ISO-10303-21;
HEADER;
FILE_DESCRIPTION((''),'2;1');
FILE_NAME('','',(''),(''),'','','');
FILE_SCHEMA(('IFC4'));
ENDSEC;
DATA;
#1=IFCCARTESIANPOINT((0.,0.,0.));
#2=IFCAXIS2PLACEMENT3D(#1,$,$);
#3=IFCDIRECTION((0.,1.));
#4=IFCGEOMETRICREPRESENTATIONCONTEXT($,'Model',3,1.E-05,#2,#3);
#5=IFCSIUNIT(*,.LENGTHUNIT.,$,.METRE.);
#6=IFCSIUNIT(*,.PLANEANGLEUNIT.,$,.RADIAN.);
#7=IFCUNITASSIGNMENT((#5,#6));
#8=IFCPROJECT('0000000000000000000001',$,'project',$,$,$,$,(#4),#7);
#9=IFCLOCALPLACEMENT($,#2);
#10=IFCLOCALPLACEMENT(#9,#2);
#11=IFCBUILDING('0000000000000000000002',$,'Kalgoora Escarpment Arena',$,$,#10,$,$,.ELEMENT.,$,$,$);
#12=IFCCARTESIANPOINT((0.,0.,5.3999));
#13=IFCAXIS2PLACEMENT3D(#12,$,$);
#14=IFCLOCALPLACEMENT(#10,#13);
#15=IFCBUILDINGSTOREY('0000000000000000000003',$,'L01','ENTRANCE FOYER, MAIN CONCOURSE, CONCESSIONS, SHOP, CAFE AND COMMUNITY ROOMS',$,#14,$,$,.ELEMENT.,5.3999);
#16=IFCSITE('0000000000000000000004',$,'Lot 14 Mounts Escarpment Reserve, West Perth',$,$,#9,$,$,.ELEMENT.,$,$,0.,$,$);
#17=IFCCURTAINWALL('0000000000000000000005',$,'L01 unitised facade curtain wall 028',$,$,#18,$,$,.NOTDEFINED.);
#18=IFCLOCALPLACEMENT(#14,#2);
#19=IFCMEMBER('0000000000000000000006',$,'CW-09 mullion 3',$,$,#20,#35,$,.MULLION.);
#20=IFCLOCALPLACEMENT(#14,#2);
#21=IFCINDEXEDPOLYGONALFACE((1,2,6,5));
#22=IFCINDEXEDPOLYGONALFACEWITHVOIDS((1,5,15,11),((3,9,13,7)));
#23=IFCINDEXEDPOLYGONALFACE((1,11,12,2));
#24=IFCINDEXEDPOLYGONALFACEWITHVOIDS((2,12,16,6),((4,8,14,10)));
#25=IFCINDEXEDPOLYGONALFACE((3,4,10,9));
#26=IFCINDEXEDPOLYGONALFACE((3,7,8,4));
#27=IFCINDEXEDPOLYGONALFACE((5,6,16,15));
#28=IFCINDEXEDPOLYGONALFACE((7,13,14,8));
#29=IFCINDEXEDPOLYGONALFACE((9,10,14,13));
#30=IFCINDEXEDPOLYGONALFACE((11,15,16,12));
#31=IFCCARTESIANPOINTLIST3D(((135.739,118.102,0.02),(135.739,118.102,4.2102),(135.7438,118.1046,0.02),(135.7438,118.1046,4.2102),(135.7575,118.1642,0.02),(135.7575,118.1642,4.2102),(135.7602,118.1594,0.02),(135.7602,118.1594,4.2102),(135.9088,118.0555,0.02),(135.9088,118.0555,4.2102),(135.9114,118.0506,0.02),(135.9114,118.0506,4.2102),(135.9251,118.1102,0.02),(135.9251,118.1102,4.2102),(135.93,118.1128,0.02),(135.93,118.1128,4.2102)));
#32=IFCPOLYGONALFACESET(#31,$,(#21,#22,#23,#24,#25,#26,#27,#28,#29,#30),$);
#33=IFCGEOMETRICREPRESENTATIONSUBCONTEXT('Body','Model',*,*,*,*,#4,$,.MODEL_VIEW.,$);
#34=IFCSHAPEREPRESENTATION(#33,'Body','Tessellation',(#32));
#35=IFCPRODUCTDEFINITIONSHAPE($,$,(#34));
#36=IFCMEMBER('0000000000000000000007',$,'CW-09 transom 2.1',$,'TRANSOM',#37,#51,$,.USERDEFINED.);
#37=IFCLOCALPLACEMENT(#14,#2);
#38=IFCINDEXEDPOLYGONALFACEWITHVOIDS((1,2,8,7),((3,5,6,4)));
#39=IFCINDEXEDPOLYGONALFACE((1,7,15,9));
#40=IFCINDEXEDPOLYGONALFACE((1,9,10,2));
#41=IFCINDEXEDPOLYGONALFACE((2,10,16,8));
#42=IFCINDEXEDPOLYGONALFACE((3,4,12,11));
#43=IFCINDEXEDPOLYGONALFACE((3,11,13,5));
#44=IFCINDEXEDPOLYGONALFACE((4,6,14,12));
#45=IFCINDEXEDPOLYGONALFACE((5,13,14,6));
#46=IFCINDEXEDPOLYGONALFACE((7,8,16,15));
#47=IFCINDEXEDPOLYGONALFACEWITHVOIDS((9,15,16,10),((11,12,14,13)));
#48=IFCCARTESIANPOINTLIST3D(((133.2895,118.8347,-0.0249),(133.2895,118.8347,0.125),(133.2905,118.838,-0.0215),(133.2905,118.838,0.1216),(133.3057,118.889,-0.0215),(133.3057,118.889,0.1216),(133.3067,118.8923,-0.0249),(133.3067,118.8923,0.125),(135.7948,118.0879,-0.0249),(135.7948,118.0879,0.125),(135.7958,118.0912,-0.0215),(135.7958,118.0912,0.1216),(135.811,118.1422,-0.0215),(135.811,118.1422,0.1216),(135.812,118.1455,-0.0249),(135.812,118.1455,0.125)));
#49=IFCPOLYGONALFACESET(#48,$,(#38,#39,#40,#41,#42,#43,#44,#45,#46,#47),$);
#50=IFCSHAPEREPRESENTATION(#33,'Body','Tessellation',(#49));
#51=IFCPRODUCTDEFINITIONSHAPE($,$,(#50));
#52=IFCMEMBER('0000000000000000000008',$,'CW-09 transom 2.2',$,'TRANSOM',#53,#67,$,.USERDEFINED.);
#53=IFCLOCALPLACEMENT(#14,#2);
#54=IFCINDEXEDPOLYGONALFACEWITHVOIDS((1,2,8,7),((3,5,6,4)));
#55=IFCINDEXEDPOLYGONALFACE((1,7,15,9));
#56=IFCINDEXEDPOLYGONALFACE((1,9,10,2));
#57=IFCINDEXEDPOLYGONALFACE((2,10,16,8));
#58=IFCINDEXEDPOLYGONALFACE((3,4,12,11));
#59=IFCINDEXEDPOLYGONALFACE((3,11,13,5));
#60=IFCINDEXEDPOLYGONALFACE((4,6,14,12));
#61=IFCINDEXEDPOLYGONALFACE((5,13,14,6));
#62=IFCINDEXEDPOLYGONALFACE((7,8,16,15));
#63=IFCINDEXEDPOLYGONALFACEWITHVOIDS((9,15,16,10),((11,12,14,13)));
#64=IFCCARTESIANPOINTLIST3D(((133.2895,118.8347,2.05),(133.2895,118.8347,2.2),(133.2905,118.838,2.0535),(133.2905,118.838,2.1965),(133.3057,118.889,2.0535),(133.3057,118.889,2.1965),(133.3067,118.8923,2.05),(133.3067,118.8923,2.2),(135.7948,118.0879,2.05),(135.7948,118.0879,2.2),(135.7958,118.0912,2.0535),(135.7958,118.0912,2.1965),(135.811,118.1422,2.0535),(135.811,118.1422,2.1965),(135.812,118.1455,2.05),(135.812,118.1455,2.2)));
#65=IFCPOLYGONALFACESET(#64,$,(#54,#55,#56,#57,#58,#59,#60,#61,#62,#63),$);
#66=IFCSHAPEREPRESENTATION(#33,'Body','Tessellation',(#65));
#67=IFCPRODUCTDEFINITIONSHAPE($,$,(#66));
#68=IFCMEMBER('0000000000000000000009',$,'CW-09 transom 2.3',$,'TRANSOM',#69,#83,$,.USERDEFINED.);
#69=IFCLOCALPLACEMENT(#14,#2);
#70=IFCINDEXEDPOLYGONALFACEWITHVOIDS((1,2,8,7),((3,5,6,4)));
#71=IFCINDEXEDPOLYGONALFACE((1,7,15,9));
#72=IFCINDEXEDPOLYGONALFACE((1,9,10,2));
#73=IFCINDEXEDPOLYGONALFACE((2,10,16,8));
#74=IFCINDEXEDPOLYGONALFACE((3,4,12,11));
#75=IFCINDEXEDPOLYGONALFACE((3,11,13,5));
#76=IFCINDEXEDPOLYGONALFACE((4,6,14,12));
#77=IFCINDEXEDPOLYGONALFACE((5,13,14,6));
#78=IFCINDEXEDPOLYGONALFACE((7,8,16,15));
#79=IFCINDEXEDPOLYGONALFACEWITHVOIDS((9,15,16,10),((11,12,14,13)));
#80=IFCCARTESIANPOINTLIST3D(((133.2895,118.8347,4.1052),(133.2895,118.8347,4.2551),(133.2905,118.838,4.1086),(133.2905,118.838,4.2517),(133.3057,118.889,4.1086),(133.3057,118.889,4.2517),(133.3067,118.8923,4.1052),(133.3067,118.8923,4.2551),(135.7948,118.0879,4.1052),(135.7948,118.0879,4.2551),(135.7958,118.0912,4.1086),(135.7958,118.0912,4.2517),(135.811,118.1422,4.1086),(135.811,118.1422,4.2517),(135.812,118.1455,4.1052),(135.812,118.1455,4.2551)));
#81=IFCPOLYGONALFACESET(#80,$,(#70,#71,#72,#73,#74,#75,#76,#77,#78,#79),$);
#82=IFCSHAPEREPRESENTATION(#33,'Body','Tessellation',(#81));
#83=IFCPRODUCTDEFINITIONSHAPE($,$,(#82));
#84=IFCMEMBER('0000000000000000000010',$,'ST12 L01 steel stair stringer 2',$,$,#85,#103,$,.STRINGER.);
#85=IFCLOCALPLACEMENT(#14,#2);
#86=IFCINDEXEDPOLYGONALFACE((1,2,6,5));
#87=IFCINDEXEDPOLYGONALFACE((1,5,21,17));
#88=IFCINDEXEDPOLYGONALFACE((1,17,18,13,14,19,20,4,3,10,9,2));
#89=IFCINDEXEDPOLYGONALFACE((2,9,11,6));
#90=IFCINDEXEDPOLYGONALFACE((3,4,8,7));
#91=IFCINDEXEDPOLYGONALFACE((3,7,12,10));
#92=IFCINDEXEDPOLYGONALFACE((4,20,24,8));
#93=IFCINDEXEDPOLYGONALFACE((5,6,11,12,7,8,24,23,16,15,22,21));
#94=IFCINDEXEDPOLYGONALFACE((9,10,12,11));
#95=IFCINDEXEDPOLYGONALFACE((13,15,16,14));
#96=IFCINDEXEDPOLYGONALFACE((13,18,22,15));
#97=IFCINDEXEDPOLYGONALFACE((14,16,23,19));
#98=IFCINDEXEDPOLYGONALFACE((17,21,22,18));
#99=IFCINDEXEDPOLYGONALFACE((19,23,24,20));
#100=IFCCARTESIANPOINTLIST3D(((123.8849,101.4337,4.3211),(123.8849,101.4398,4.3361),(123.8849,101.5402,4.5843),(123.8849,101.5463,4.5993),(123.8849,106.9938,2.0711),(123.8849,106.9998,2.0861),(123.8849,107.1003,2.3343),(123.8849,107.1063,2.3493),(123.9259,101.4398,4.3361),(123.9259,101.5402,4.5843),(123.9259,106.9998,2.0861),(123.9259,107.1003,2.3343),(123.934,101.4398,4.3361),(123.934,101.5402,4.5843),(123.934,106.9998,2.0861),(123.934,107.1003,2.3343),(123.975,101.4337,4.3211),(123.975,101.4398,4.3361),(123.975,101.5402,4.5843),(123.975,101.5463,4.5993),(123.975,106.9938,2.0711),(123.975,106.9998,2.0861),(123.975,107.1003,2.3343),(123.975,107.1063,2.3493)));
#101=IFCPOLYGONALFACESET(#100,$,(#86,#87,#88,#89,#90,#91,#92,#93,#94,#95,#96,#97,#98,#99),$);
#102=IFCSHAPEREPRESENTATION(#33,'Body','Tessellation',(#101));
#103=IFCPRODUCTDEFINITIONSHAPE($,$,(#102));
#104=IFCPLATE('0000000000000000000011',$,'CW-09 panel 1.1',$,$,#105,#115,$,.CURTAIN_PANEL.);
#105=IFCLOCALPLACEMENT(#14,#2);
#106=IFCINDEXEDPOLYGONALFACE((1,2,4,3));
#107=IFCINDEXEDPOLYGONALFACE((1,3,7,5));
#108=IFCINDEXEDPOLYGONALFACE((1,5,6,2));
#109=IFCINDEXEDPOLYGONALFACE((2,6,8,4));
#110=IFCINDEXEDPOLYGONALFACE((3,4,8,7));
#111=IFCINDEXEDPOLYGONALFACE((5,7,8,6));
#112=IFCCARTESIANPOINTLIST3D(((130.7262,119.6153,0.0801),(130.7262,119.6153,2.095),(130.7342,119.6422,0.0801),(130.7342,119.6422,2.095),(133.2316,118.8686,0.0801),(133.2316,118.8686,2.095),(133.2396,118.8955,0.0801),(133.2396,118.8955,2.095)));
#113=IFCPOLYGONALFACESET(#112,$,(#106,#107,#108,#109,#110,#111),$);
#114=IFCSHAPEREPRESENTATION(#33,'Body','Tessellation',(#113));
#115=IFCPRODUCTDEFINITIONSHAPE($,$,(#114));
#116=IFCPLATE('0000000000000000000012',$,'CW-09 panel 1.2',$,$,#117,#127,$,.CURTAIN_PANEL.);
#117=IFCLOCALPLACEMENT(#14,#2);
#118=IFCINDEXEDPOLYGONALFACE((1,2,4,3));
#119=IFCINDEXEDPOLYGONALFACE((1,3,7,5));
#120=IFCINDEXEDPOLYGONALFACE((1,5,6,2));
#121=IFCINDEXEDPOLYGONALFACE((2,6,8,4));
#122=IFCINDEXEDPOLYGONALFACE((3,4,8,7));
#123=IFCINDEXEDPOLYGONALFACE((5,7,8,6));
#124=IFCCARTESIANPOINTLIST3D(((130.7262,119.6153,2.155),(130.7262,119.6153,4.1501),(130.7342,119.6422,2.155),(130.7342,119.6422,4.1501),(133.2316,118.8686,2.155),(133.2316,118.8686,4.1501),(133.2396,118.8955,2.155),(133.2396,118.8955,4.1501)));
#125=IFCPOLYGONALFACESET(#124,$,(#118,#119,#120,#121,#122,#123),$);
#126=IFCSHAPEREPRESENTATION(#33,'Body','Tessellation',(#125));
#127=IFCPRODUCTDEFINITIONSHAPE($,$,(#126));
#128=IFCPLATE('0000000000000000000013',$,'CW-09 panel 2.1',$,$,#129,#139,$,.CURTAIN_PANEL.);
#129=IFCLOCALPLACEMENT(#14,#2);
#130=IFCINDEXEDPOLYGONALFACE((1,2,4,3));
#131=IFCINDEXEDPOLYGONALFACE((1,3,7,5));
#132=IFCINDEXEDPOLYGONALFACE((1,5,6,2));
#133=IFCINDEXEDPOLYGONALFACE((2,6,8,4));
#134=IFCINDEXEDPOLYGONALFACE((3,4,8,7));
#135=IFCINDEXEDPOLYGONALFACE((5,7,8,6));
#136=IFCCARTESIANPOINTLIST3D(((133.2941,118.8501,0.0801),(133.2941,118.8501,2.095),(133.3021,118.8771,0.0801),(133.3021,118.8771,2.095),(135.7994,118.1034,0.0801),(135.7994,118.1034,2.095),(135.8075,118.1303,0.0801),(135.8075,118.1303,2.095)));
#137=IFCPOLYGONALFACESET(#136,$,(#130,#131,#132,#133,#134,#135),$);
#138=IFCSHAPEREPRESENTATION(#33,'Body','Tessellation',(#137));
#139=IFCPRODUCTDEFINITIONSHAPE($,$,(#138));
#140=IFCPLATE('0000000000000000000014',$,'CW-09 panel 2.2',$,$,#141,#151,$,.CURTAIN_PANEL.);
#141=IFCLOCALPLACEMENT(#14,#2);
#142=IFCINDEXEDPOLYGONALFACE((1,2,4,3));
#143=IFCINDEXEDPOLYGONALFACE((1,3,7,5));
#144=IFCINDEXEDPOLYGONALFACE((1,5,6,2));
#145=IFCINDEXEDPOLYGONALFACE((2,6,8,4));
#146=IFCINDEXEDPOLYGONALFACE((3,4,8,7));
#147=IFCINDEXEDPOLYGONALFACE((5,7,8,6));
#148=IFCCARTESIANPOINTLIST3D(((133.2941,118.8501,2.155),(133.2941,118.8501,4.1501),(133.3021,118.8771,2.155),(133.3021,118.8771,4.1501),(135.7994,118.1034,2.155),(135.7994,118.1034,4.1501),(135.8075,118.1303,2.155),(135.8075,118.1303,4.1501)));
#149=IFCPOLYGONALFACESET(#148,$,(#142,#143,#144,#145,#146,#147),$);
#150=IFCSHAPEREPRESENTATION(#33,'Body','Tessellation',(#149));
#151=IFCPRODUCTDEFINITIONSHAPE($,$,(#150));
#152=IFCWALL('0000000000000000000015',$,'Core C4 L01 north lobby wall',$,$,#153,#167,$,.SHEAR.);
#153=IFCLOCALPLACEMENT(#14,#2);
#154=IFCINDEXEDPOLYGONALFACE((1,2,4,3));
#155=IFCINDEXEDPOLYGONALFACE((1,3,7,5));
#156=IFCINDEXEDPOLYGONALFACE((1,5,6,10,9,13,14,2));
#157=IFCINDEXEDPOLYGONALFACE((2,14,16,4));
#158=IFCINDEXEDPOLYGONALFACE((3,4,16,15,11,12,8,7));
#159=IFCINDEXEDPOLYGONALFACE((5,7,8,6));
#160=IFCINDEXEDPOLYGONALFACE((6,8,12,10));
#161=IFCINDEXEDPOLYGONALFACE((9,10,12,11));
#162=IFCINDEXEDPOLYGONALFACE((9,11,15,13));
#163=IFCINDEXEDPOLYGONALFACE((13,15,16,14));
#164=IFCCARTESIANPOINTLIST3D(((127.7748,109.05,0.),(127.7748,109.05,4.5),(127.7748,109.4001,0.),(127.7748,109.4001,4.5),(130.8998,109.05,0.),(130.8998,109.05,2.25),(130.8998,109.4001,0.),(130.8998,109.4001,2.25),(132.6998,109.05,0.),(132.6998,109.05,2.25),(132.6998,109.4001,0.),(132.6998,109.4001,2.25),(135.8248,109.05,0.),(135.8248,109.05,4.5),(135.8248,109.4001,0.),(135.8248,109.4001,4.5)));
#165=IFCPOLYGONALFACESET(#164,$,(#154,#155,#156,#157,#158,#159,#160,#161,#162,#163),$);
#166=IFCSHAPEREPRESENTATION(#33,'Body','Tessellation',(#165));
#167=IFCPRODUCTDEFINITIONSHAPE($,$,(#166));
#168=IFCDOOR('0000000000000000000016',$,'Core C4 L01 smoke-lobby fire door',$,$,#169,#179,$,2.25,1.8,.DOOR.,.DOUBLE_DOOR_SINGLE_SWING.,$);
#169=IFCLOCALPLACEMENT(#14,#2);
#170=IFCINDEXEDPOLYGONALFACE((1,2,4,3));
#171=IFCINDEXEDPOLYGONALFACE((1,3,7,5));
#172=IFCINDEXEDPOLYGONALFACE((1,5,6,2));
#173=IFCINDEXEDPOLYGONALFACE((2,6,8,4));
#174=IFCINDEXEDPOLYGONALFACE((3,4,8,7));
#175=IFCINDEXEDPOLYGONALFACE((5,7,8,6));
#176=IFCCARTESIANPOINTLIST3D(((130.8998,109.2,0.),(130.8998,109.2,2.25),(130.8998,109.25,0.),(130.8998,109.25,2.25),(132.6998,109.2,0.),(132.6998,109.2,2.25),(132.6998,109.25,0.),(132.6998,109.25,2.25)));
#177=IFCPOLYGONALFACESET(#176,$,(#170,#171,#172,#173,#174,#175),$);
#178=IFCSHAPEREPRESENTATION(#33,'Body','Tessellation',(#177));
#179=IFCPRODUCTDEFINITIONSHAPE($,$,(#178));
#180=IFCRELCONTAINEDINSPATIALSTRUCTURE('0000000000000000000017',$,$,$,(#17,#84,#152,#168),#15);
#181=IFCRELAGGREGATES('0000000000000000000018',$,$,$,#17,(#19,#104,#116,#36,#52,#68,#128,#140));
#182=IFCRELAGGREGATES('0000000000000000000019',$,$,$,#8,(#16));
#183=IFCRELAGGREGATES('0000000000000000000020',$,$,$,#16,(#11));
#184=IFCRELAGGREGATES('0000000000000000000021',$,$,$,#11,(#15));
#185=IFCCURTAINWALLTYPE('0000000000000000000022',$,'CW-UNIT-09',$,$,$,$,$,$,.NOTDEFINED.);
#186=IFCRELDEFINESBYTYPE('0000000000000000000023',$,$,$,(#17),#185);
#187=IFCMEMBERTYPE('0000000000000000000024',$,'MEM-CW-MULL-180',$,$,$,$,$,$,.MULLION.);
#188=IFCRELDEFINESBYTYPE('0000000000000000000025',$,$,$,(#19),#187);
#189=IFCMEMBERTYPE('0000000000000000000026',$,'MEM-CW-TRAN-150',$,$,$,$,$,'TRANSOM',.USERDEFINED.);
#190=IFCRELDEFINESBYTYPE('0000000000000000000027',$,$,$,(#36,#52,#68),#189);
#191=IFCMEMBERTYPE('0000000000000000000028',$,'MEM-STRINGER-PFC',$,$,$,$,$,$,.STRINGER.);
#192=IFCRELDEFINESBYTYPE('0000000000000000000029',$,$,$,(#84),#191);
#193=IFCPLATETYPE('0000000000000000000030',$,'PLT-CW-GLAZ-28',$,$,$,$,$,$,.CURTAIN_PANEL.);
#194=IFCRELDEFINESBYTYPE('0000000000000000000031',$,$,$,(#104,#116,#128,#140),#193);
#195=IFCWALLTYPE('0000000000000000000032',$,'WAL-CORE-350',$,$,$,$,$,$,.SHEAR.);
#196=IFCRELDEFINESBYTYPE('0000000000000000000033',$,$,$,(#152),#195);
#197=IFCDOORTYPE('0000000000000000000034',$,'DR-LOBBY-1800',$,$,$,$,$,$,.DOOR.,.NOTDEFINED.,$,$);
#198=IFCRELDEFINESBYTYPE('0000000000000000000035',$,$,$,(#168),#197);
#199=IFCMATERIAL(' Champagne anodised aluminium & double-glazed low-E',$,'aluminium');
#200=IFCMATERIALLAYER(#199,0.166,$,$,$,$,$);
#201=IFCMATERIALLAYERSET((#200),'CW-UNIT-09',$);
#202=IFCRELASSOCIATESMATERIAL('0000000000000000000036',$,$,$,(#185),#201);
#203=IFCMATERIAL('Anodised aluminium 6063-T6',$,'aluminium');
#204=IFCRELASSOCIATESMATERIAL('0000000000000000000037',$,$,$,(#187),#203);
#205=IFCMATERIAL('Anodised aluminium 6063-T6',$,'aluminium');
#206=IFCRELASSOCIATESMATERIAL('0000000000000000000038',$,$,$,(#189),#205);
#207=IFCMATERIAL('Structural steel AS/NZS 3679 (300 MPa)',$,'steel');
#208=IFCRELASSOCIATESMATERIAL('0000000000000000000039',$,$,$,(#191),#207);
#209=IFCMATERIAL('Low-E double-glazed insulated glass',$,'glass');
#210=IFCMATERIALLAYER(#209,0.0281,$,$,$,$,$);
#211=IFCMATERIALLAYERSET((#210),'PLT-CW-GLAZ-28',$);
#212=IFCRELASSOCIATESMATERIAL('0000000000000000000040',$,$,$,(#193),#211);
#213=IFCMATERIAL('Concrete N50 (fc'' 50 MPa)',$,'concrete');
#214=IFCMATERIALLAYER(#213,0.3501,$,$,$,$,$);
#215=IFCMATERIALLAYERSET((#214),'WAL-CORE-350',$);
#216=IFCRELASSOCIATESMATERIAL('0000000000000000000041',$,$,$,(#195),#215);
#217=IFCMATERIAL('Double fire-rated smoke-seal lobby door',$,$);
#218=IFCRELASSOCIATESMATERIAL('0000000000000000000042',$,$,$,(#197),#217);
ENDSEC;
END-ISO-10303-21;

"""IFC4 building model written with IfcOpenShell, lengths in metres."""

from ifc_helpers import new_model, si_unit, direction, frame, frame_2d, origin, origin_2d, place, context, subcontext, project, spatial, rectangle, hollow_rectangle, i_section, extrude, material, layer, layer_set, material_profile, profile_set, type_object, element, fill, aggregate, save


model = new_model("IFC4")

# Units and contexts
model_context = context("Model", 3, precision=1e-05, world=origin(), true_north=direction((0.0, 1.0)))
body_context = subcontext(model_context, "Body", "Model", "MODEL_VIEW")
ifc_project = project(units=[si_unit("LENGTHUNIT", "METRE"), si_unit("PLANEANGLEUNIT", "RADIAN")], contexts=[model_context])

# Site, building, storey
site_placement = place(None, origin())
site = spatial("IfcSite", under=ifc_project, at=site_placement, Name="Lot 14 Mounts Escarpment Reserve, West Perth", CompositionType="ELEMENT", RefElevation=0.0)
building_placement = place(site_placement, origin())
building = spatial("IfcBuilding", under=site, at=building_placement, Name="Kalgoora Escarpment Arena", CompositionType="ELEMENT")
storey_placement = place(building_placement, frame((0.0, 0.0, 5.3999)))
storey = spatial("IfcBuildingStorey", under=building, at=storey_placement, Name="L01", Description="ENTRANCE FOYER, MAIN CONCOURSE, CONCESSIONS, SHOP, CAFE AND COMMUNITY ROOMS", CompositionType="ELEMENT", Elevation=5.3999)

# Curtain wall, members
ifc_material_1 = material(Name=" Champagne anodised aluminium & double-glazed low-E", Category="aluminium")
ifc_layer_1 = layer(ifc_material_1, 0.166)
ifc_layer_set_1 = layer_set([ifc_layer_1], Name="CW-UNIT-09")
curtain_wall_type = type_object("IfcCurtainWallType", Name="CW-UNIT-09", PredefinedType="NOTDEFINED", material=ifc_layer_set_1)
curtain_wall_placement = place(storey_placement, origin())
curtain_wall = element("IfcCurtainWall", 1, at=curtain_wall_placement, inside=storey, type_object=curtain_wall_type, Name="L01 unitised facade curtain wall 028", PredefinedType="NOTDEFINED")
ifc_material_2 = material(Name="Anodised aluminium 6063-T6", Category="aluminium")
ifc_material_profile_1 = material_profile(ifc_material_2, hollow_rectangle(XDim=0.0649, YDim=0.1799, WallThickness=0.0039, at=origin_2d()))
ifc_profile_set_1 = profile_set([ifc_material_profile_1], Name="Anodised aluminium 6063-T6")
member_type_1 = type_object("IfcMemberType", Name="MEM-CW-MULL-180", PredefinedType="MULLION", material=ifc_profile_set_1)
member_1_placement = place(storey_placement, frame((135.8345, 118.1074, 0.02), z_axis=(0.0, 0.0, 1.0), x_axis=(0.285637, 0.958338, 0.0)))
member_1 = element("IfcMember", 2, at=member_1_placement, type_object=member_type_1, Name="CW-09 mullion 3", PredefinedType="MULLION", context=body_context, shape_type="SweptSolid", body=[
    extrude(hollow_rectangle(XDim=0.0649, YDim=0.1799, WallThickness=0.0039, at=origin_2d()), origin(), (0.0, 0.0, 1.0), 4.1902),
])
ifc_material_3 = material(Name="Anodised aluminium 6063-T6", Category="aluminium")
ifc_material_profile_2 = material_profile(ifc_material_3, hollow_rectangle(XDim=0.0601, YDim=0.1499, WallThickness=0.0034, at=origin_2d()))
ifc_profile_set_2 = profile_set([ifc_material_profile_2], Name="Anodised aluminium 6063-T6")
member_type_2 = type_object("IfcMemberType", Name="MEM-CW-TRAN-150", ElementType="TRANSOM", PredefinedType="USERDEFINED", material=ifc_profile_set_2)
member_2_placement = place(storey_placement, frame((133.2981, 118.8635, 0.05), z_axis=(0.958329, -0.285668, 0.0), x_axis=(0.285668, 0.958329, 0.0)))
member_2 = element("IfcMember", 3, at=member_2_placement, type_object=member_type_2, Name="CW-09 transom 2.1", ObjectType="TRANSOM", PredefinedType="USERDEFINED", context=body_context, shape_type="SweptSolid", body=[
    extrude(hollow_rectangle(XDim=0.0601, YDim=0.1499, WallThickness=0.0034, at=origin_2d()), origin(), (0.0, 0.0, 1.0), 2.6143),
])
member_3_placement = place(storey_placement, frame((133.2981, 118.8635, 2.125), z_axis=(0.958329, -0.285668, 0.0), x_axis=(0.285668, 0.958329, 0.0)))
member_3 = element("IfcMember", 4, at=member_3_placement, type_object=member_type_2, Name="CW-09 transom 2.2", ObjectType="TRANSOM", PredefinedType="USERDEFINED", context=body_context, shape_type="SweptSolid", body=[
    extrude(hollow_rectangle(XDim=0.0601, YDim=0.1499, WallThickness=0.0034, at=origin_2d()), origin(), (0.0, 0.0, 1.0), 2.6143),
])
member_4_placement = place(storey_placement, frame((133.2981, 118.8635, 4.1802), z_axis=(0.958329, -0.285668, 0.0), x_axis=(0.285668, 0.958329, 0.0)))
member_4 = element("IfcMember", 5, at=member_4_placement, type_object=member_type_2, Name="CW-09 transom 2.3", ObjectType="TRANSOM", PredefinedType="USERDEFINED", context=body_context, shape_type="SweptSolid", body=[
    extrude(hollow_rectangle(XDim=0.0601, YDim=0.1499, WallThickness=0.0034, at=origin_2d()), origin(), (0.0, 0.0, 1.0), 2.6143),
])

# Member
ifc_material_4 = material(Name="Structural steel AS/NZS 3679 (300 MPa)", Category="steel")
ifc_material_profile_3 = material_profile(ifc_material_4, i_section(OverallWidth=0.0901, OverallDepth=0.3, WebThickness=0.0081, FlangeThickness=0.0161, at=origin_2d()))
ifc_profile_set_3 = profile_set([ifc_material_profile_3], Name="Structural steel AS/NZS 3679 (300 MPa)")
member_type_3 = type_object("IfcMemberType", Name="MEM-STRINGER-PFC", PredefinedType="STRINGER", material=ifc_profile_set_3)
member_5_placement = place(storey_placement, frame((123.9299, 107.05, 2.2102), z_axis=(0.0, -0.926976, 0.375121), x_axis=(1.0, 0.0, 0.0)))
element("IfcMember", 6, at=member_5_placement, inside=storey, type_object=member_type_3, Name="ST12 L01 steel stair stringer 2", PredefinedType="STRINGER", context=body_context, shape_type="SweptSolid", body=[
    extrude(i_section(OverallWidth=0.0901, OverallDepth=0.3, WebThickness=0.0081, FlangeThickness=0.0161, at=origin_2d()), origin(), (0.0, 0.0, 1.0), 5.998),
])

# Plates
ifc_material_5 = material(Name="Low-E double-glazed insulated glass", Category="glass")
ifc_layer_2 = layer(ifc_material_5, 0.0281)
ifc_layer_set_2 = layer_set([ifc_layer_2], Name="PLT-CW-GLAZ-28")
plate_type = type_object("IfcPlateType", Name="PLT-CW-GLAZ-28", PredefinedType="CURTAIN_PANEL", material=ifc_layer_set_2)
plate_1_placement = place(storey_placement, frame((131.9829, 119.2554, 0.0801), z_axis=(0.0, 0.0, 1.0), x_axis=(0.958338, -0.285637, 0.0)))
plate_1 = element("IfcPlate", 7, at=plate_1_placement, type_object=plate_type, Name="CW-09 panel 1.1", PredefinedType="CURTAIN_PANEL", context=body_context, shape_type="SweptSolid", body=[
    extrude(rectangle(XDim=2.6143, YDim=0.0281, at=origin_2d()), origin(), (0.0, 0.0, 1.0), 2.0149),
])
plate_2_placement = place(storey_placement, frame((131.9829, 119.2554, 2.155), z_axis=(0.0, 0.0, 1.0), x_axis=(0.958338, -0.285637, 0.0)))
plate_2 = element("IfcPlate", 8, at=plate_2_placement, type_object=plate_type, Name="CW-09 panel 1.2", PredefinedType="CURTAIN_PANEL", context=body_context, shape_type="SweptSolid", body=[
    extrude(rectangle(XDim=2.6143, YDim=0.0281, at=origin_2d()), origin(), (0.0, 0.0, 1.0), 1.9951),
])
plate_3_placement = place(storey_placement, frame((134.5508, 118.4902, 0.0801), z_axis=(0.0, 0.0, 1.0), x_axis=(0.958338, -0.285637, 0.0)))
plate_3 = element("IfcPlate", 9, at=plate_3_placement, type_object=plate_type, Name="CW-09 panel 2.1", PredefinedType="CURTAIN_PANEL", context=body_context, shape_type="SweptSolid", body=[
    extrude(rectangle(XDim=2.6143, YDim=0.0281, at=origin_2d()), origin(), (0.0, 0.0, 1.0), 2.0149),
])
plate_4_placement = place(storey_placement, frame((134.5508, 118.4902, 2.155), z_axis=(0.0, 0.0, 1.0), x_axis=(0.958338, -0.285637, 0.0)))
plate_4 = element("IfcPlate", 10, at=plate_4_placement, type_object=plate_type, Name="CW-09 panel 2.2", PredefinedType="CURTAIN_PANEL", context=body_context, shape_type="SweptSolid", body=[
    extrude(rectangle(XDim=2.6143, YDim=0.0281, at=origin_2d()), origin(), (0.0, 0.0, 1.0), 1.9951),
])
aggregate(curtain_wall, [member_1, plate_1, plate_2, member_2, member_3, member_4, plate_3, plate_4])

# Wall, opening, door
ifc_material_6 = material(Name="Concrete N50 (fc' 50 MPa)", Category="concrete")
ifc_layer_3 = layer(ifc_material_6, 0.3501)
ifc_layer_set_3 = layer_set([ifc_layer_3], Name="WAL-CORE-350")
wall_type_1 = type_object("IfcWallType", Name="WAL-CORE-350", PredefinedType="SHEAR", material=ifc_layer_set_3)
wall_1_placement = place(storey_placement, frame((127.7749, 109.2251, 0.0), z_axis=(0.0, 0.0, 1.0), x_axis=(1.0, 0.0, 0.0)))
wall_1 = element("IfcWall", 11, at=wall_1_placement, inside=storey, type_object=wall_type_1, Name="Core C4 L01 north lobby wall", PredefinedType="SHEAR", context=body_context, shape_type="SweptSolid", body=[
    extrude(rectangle(XDim=8.05, YDim=0.3501, at=frame_2d((4.0249, 0.0))), origin(), (0.0, 0.0, 1.0), 4.5),
])
opening_1_placement = place(wall_1_placement, frame((3.125, 0.0, 0.0)))
opening_1 = element("IfcOpeningElement", 12, at=opening_1_placement, cuts=wall_1, PredefinedType="OPENING", context=body_context, shape_type="SweptSolid", body=[
    extrude(rectangle(XDim=1.8, YDim=2.25, at=frame_2d((0.8999, 1.125))), frame((0.0, 0.1851, 0.0), z_axis=(0.0, -1.0, 0.0), x_axis=(1.0, 0.0, 0.0)), (0.0, 0.0, 1.0), 0.3701),
])
ifc_material_7 = material(Name="Double fire-rated smoke-seal lobby door")
door_type = type_object("IfcDoorType", Name="DR-LOBBY-1800", OperationType="NOTDEFINED", PredefinedType="DOOR", material=ifc_material_7)
door_placement = place(opening_1_placement, origin())
door = element("IfcDoor", 13, at=door_placement, inside=storey, type_object=door_type, Name="Core C4 L01 smoke-lobby fire door", OperationType="DOUBLE_DOOR_SINGLE_SWING", OverallHeight=2.25, OverallWidth=1.8, PredefinedType="DOOR", context=body_context, shape_type="SweptSolid", body=[
    extrude(rectangle(XDim=1.8, YDim=2.25, at=frame_2d((0.8999, 1.125))), frame((0.0, 0.0249, 0.0), z_axis=(0.0, -1.0, 0.0), x_axis=(1.0, 0.0, 0.0)), (0.0, 0.0, 1.0), 0.05),
])
fill(opening_1, door)

save(model, "model.ifc")
